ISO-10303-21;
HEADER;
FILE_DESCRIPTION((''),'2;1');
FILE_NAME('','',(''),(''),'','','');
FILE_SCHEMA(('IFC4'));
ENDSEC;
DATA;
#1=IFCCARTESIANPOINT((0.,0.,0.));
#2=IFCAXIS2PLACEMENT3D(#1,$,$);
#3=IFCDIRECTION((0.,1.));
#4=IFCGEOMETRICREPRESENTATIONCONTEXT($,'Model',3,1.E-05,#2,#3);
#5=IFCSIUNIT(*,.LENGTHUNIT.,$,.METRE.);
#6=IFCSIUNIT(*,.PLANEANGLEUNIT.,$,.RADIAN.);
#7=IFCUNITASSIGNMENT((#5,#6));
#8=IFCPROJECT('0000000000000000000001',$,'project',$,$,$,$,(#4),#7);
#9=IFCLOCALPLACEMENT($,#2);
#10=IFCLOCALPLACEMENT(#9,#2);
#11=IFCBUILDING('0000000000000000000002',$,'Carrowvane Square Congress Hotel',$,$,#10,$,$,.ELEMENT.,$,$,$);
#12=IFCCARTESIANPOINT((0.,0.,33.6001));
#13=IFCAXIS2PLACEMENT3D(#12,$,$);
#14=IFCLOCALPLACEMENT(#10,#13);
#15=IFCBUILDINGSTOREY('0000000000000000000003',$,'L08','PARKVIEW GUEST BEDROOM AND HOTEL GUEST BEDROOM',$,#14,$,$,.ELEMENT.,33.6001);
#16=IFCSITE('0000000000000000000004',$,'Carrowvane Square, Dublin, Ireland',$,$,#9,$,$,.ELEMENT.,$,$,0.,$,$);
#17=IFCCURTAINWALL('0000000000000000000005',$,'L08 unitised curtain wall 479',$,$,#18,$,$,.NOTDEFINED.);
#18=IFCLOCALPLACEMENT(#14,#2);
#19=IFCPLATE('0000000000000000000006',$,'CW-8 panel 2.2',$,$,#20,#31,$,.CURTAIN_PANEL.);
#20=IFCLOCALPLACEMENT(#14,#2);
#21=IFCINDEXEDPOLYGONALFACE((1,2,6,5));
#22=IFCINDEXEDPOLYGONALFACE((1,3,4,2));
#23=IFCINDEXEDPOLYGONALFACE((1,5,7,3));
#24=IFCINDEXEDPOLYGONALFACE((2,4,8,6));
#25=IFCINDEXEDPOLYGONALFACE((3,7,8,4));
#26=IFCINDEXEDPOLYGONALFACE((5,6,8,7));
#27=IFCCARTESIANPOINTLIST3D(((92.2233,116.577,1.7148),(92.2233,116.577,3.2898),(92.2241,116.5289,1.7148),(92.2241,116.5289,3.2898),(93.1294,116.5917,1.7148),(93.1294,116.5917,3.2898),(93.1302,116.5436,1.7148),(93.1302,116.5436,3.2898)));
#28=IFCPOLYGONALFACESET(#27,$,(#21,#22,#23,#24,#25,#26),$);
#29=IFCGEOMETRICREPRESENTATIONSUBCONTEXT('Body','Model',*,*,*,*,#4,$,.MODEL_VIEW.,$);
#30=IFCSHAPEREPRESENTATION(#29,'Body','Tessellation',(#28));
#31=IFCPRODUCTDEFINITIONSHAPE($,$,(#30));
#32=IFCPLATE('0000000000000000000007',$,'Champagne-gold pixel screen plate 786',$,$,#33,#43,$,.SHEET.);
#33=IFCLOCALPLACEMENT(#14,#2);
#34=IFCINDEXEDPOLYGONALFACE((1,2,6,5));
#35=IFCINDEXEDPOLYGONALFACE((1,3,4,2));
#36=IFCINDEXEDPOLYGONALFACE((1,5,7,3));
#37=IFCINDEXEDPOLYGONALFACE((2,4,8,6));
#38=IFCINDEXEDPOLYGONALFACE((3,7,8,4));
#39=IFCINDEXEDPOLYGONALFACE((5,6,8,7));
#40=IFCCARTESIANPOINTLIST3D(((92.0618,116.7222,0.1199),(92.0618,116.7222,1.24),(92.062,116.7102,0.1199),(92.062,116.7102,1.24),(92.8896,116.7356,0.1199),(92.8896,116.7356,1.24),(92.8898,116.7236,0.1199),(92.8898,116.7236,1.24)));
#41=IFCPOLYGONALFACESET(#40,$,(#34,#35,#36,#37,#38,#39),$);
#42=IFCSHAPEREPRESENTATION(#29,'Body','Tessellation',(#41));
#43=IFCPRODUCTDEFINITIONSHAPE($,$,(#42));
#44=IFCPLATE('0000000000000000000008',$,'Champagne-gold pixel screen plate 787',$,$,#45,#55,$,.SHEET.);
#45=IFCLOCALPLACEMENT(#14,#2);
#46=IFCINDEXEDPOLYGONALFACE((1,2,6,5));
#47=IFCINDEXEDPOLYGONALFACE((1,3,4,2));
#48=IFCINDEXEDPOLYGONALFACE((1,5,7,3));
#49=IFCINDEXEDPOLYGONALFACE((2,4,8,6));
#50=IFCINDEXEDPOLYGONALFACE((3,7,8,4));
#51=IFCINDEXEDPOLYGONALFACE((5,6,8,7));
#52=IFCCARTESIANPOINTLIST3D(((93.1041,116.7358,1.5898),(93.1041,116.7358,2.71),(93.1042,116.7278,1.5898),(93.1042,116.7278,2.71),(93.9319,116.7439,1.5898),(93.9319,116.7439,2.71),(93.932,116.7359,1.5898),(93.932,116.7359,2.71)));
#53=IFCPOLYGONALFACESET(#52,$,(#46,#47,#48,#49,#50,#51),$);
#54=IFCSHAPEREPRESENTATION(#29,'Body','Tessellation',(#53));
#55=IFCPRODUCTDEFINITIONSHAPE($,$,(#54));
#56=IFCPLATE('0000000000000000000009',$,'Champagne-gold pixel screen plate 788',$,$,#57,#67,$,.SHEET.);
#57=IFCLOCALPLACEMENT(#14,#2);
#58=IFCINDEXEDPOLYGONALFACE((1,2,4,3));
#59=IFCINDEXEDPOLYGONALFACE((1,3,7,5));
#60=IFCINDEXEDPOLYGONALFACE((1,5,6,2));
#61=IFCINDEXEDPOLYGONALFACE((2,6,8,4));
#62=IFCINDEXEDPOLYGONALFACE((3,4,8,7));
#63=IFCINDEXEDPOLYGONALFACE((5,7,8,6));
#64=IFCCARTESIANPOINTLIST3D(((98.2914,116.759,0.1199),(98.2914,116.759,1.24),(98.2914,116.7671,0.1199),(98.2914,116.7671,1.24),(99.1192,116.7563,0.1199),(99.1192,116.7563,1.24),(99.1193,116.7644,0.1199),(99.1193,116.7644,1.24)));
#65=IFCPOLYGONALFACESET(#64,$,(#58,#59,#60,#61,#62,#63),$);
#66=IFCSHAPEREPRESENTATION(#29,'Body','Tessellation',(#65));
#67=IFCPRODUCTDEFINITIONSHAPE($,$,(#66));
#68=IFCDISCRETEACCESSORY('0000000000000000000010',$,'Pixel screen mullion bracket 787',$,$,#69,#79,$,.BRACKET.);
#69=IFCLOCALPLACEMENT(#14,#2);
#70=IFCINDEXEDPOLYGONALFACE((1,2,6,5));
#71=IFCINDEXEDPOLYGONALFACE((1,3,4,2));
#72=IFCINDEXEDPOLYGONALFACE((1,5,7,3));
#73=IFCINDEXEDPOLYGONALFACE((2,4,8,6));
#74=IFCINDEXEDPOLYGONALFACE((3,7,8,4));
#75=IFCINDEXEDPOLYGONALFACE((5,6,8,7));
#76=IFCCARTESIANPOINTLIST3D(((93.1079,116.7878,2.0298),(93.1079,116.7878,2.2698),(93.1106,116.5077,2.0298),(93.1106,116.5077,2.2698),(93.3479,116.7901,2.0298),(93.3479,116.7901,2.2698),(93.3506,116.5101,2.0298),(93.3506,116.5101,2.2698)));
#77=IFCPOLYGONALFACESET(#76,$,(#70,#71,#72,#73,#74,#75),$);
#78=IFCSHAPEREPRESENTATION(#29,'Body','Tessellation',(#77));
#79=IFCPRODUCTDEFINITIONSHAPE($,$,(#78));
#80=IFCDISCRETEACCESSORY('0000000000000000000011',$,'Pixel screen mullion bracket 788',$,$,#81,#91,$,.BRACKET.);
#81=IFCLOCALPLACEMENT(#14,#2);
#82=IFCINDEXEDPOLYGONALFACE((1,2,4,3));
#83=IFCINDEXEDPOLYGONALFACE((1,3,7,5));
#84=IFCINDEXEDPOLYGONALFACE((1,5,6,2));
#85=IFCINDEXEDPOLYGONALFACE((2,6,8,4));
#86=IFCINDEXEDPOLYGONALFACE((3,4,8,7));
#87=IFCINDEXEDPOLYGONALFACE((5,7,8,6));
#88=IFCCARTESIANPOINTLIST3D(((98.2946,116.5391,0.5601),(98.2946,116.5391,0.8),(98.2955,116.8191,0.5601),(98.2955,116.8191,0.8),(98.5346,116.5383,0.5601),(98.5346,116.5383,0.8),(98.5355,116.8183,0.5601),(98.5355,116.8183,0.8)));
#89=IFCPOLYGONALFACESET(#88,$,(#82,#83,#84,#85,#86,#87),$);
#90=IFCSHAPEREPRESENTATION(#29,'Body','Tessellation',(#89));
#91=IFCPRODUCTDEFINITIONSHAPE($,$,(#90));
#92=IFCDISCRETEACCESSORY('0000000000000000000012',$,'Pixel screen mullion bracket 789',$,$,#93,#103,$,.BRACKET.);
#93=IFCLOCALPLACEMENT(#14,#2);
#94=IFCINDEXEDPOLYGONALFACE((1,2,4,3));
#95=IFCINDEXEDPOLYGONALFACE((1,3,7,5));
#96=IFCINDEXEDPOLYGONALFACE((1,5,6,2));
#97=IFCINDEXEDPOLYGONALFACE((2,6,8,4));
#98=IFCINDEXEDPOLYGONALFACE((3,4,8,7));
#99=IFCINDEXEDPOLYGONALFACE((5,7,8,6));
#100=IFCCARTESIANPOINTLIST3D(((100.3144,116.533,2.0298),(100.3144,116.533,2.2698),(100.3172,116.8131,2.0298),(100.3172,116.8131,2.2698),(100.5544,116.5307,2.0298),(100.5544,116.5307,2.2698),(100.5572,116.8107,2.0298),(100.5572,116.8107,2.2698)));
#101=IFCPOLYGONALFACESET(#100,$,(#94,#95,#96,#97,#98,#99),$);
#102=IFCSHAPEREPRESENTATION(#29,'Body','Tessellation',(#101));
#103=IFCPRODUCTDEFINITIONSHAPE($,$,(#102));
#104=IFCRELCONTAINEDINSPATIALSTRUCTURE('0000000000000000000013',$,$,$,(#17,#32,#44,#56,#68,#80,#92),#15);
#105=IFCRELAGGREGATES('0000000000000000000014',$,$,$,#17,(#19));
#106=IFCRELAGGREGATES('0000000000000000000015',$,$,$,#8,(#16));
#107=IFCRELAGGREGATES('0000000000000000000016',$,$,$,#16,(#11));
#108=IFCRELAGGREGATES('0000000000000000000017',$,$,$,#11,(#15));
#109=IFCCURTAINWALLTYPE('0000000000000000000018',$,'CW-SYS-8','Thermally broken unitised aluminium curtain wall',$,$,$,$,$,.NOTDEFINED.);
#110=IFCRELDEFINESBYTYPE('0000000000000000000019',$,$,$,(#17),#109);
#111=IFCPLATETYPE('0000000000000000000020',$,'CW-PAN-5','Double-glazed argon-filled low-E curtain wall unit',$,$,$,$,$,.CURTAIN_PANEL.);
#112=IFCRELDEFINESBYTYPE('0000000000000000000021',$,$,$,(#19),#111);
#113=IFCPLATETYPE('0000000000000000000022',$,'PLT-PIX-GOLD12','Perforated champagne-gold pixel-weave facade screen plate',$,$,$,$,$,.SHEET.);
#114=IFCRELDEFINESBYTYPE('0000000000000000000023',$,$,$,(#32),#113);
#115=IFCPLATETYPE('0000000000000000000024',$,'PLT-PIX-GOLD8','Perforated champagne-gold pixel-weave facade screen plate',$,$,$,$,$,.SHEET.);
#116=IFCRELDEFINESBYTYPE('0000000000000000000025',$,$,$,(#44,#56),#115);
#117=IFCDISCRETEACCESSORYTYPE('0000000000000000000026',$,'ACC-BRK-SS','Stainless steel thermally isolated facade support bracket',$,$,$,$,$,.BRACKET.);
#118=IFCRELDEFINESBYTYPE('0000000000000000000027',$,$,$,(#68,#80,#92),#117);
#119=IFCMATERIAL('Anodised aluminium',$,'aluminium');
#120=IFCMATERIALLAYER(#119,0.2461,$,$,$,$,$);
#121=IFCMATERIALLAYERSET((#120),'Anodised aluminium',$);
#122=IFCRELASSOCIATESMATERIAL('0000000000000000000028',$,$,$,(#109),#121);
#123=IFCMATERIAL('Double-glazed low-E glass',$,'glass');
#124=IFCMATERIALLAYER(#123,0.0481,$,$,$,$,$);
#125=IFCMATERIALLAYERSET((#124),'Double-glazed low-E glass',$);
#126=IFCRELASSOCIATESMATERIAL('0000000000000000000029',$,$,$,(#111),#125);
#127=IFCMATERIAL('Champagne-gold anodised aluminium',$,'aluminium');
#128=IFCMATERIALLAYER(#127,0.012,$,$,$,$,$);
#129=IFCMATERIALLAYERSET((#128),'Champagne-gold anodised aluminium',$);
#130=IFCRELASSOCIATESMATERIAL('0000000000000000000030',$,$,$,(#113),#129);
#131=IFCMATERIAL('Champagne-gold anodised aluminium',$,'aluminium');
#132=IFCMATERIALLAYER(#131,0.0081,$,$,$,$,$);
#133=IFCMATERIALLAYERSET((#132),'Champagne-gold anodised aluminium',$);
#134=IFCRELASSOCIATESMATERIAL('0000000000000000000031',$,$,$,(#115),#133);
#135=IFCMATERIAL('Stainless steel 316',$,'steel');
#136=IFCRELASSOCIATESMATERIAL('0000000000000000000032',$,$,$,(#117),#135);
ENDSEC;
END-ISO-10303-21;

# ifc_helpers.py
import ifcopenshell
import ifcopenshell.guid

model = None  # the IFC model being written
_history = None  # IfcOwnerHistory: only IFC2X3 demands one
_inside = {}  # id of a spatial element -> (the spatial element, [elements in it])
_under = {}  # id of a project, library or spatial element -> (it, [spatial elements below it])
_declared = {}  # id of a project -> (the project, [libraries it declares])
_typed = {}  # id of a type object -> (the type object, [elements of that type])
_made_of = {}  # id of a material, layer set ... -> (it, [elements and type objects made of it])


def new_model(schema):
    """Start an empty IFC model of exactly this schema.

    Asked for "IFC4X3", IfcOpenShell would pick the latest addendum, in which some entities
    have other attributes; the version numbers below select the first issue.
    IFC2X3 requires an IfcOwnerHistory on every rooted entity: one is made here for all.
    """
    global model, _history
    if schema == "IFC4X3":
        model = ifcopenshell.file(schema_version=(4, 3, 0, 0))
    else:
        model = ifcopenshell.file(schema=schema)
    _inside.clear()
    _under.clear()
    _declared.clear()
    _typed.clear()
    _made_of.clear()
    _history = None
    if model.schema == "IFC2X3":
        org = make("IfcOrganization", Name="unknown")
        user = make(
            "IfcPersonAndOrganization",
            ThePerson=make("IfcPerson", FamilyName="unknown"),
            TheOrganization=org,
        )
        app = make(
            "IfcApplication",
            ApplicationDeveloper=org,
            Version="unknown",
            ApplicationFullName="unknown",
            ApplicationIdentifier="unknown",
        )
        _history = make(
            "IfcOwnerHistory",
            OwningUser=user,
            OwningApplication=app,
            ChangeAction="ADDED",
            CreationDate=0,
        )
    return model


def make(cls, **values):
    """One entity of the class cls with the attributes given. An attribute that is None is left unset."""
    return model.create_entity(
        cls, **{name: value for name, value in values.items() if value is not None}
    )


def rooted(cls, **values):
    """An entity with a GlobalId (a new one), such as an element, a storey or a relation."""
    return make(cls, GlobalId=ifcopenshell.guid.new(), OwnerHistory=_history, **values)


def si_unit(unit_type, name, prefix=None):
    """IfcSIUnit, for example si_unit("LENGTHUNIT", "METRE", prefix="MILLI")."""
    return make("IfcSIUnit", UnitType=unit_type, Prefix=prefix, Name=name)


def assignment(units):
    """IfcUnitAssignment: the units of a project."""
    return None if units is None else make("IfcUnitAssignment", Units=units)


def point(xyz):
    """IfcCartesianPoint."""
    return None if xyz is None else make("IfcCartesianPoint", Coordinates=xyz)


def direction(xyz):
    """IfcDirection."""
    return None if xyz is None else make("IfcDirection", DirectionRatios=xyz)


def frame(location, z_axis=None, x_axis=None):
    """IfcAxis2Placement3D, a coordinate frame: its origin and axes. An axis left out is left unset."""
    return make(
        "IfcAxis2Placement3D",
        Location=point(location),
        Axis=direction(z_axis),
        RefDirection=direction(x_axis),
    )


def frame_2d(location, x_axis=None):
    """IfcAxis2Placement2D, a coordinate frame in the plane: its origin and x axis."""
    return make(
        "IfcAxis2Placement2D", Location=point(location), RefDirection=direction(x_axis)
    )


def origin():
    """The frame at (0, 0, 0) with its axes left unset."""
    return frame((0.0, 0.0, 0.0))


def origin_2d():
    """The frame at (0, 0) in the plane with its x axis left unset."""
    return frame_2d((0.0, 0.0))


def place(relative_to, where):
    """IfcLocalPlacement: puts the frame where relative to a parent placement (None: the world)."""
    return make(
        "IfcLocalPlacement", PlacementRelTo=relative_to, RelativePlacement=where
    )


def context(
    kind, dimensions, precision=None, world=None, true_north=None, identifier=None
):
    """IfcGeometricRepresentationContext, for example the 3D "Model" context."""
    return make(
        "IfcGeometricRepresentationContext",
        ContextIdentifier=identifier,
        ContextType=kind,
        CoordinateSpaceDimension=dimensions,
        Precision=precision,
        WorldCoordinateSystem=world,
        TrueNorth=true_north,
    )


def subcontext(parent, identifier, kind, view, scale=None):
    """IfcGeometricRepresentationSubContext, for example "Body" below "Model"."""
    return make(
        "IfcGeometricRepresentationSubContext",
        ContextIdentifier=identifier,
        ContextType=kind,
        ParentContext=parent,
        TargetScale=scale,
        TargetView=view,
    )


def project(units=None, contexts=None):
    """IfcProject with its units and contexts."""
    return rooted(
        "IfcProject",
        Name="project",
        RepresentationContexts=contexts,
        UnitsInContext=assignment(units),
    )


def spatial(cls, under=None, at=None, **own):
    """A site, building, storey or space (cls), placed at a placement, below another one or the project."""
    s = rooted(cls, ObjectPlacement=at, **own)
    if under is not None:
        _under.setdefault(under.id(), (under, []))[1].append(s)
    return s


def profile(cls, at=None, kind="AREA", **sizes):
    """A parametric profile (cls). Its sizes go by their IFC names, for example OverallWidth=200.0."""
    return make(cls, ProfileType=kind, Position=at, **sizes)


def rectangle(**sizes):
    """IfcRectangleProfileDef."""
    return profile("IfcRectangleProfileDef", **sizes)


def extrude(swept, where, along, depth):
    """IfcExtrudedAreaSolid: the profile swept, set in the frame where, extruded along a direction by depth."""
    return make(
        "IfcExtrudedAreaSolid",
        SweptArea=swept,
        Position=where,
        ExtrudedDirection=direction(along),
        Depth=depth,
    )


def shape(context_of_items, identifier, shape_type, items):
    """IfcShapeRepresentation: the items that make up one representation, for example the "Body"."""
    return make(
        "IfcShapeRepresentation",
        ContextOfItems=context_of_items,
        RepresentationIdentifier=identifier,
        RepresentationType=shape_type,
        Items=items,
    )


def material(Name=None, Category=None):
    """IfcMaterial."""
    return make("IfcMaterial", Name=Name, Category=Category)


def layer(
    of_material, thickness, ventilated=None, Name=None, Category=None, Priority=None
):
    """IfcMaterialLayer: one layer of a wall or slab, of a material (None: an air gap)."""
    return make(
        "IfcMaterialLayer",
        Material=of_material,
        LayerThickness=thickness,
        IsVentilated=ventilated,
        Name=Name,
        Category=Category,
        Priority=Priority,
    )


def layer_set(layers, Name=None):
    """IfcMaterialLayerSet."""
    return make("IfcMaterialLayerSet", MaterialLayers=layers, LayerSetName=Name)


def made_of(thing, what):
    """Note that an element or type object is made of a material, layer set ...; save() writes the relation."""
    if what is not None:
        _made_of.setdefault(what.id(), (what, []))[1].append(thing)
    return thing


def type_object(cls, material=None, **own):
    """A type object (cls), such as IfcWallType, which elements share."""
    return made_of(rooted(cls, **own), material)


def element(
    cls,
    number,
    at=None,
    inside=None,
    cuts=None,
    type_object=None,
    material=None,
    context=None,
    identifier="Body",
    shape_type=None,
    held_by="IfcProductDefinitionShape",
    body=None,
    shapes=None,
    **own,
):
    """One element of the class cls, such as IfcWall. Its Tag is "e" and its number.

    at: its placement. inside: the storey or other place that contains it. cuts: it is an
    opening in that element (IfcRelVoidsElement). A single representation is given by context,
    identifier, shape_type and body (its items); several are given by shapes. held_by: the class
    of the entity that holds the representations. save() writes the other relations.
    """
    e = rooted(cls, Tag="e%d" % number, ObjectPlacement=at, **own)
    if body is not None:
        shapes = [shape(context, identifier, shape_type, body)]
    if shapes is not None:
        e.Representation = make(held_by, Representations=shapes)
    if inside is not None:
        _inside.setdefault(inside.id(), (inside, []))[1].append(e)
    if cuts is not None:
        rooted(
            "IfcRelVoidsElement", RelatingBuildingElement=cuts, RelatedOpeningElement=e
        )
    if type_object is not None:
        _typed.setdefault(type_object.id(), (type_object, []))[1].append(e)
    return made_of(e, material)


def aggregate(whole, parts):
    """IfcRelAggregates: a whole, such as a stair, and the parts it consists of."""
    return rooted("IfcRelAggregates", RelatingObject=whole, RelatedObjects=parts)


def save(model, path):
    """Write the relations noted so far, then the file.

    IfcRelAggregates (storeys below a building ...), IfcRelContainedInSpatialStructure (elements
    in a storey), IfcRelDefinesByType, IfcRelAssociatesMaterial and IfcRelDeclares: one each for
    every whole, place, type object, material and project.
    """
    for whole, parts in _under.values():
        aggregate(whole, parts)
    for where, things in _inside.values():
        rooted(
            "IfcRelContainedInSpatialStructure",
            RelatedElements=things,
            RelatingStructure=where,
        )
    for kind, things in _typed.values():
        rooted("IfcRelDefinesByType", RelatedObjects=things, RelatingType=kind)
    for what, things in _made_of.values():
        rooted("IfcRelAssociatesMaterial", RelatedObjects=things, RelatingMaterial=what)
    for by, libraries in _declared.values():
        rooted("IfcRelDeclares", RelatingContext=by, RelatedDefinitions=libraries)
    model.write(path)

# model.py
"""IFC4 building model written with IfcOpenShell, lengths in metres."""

from ifc_helpers import new_model, si_unit, direction, frame, origin, origin_2d, place, context, subcontext, project, spatial, rectangle, extrude, material, layer, layer_set, type_object, element, aggregate, save


model = new_model("IFC4")

# Units and contexts
model_context = context("Model", 3, precision=1e-05, world=origin(), true_north=direction((0.0, 1.0)))
body_context = subcontext(model_context, "Body", "Model", "MODEL_VIEW")
ifc_project = project(units=[si_unit("LENGTHUNIT", "METRE"), si_unit("PLANEANGLEUNIT", "RADIAN")], contexts=[model_context])

# Site, building, storey
site_placement = place(None, origin())
site = spatial("IfcSite", under=ifc_project, at=site_placement, Name="Carrowvane Square, Dublin, Ireland", CompositionType="ELEMENT", RefElevation=0.0)
building_placement = place(site_placement, origin())
building = spatial("IfcBuilding", under=site, at=building_placement, Name="Carrowvane Square Congress Hotel", CompositionType="ELEMENT")
storey_placement = place(building_placement, frame((0.0, 0.0, 33.6001)))
storey = spatial("IfcBuildingStorey", under=building, at=storey_placement, Name="L08", Description="PARKVIEW GUEST BEDROOM AND HOTEL GUEST BEDROOM", CompositionType="ELEMENT", Elevation=33.6001)

# Curtain wall
ifc_material_1 = material(Name="Anodised aluminium", Category="aluminium")
ifc_layer_1 = layer(ifc_material_1, 0.2461)
ifc_layer_set_1 = layer_set([ifc_layer_1], Name="Anodised aluminium")
curtain_wall_type_1 = type_object("IfcCurtainWallType", Name="CW-SYS-8", Description="Thermally broken unitised aluminium curtain wall", PredefinedType="NOTDEFINED", material=ifc_layer_set_1)
curtain_wall_1_placement = place(storey_placement, origin())
curtain_wall_1 = element("IfcCurtainWall", 1, at=curtain_wall_1_placement, inside=storey, type_object=curtain_wall_type_1, Name="L08 unitised curtain wall 479", PredefinedType="NOTDEFINED")

# Plate
ifc_material_2 = material(Name="Double-glazed low-E glass", Category="glass")
ifc_layer_2 = layer(ifc_material_2, 0.0481)
ifc_layer_set_2 = layer_set([ifc_layer_2], Name="Double-glazed low-E glass")
plate_type_1 = type_object("IfcPlateType", Name="CW-PAN-5", Description="Double-glazed argon-filled low-E curtain wall unit", PredefinedType="CURTAIN_PANEL", material=ifc_layer_set_2)
plate_1_placement = place(storey_placement, frame((92.6768, 116.5603, 1.7148), z_axis=(0.0, 0.0, 1.0), x_axis=(0.999869, 0.016216, 0.0)))
plate_1 = element("IfcPlate", 2, at=plate_1_placement, type_object=plate_type_1, Name="CW-8 panel 2.2", PredefinedType="CURTAIN_PANEL", context=body_context, shape_type="SweptSolid", body=[
    extrude(rectangle(XDim=0.9062, YDim=0.0481, at=origin_2d()), origin(), (0.0, 0.0, 1.0), 1.575),
])
aggregate(curtain_wall_1, [plate_1])

# Plates
ifc_material_3 = material(Name="Champagne-gold anodised aluminium", Category="aluminium")
ifc_layer_3 = layer(ifc_material_3, 0.012)
ifc_layer_set_3 = layer_set([ifc_layer_3], Name="Champagne-gold anodised aluminium")
plate_type_2 = type_object("IfcPlateType", Name="PLT-PIX-GOLD12", Description="Perforated champagne-gold pixel-weave facade screen plate", PredefinedType="SHEET", material=ifc_layer_set_3)
plate_2_placement = place(storey_placement, frame((92.4758, 116.7229, 0.1199), z_axis=(0.0, 0.0, 1.0), x_axis=(0.999869, 0.016216, 0.0)))
element("IfcPlate", 3, at=plate_2_placement, inside=storey, type_object=plate_type_2, Name="Champagne-gold pixel screen plate 786", PredefinedType="SHEET", context=body_context, shape_type="SweptSolid", body=[
    extrude(rectangle(XDim=0.8279, YDim=0.012, at=origin_2d()), origin(), (0.0, 0.0, 1.0), 1.1201),
])
ifc_material_4 = material(Name="Champagne-gold anodised aluminium", Category="aluminium")
ifc_layer_4 = layer(ifc_material_4, 0.0081)
ifc_layer_set_4 = layer_set([ifc_layer_4], Name="Champagne-gold anodised aluminium")
plate_type_3 = type_object("IfcPlateType", Name="PLT-PIX-GOLD8", Description="Perforated champagne-gold pixel-weave facade screen plate", PredefinedType="SHEET", material=ifc_layer_set_4)
for number, where, z_axis, x_axis, name in (
    (4, (93.5181, 116.7358, 1.5898), (0.0, 0.0, 1.0), (0.999952, 0.009782, 0.0), "Champagne-gold pixel screen plate 787"),
    (5, (98.7053, 116.7617, 0.1199), (0.0, 0.0, 1.0), (0.999995, -0.00327, 0.0), "Champagne-gold pixel screen plate 788"),
):
    element("IfcPlate", number, at=place(storey_placement, frame(where, z_axis=z_axis, x_axis=x_axis)), inside=storey, type_object=plate_type_3, Name=name, PredefinedType="SHEET", context=body_context, shape_type="SweptSolid", body=[
        extrude(rectangle(XDim=0.8279, YDim=0.0081, at=origin_2d()), origin(), (0.0, 0.0, 1.0), 1.1201),
    ])

# Discrete accessories
ifc_material_5 = material(Name="Stainless steel 316", Category="steel")
discrete_accessory_type = type_object("IfcDiscreteAccessoryType", Name="ACC-BRK-SS", Description="Stainless steel thermally isolated facade support bracket", PredefinedType="BRACKET", material=ifc_material_5)
for number, where, z_axis, x_axis, name in (
    (6, (93.2292, 116.6489, 2.0298), (0.0, 0.0, 1.0), (0.999952, 0.009782, 0.0), "Pixel screen mullion bracket 787"),
    (7, (98.415, 116.6787, 0.5601), (0.0, 0.0, 1.0), (0.999995, -0.00327, 0.0), "Pixel screen mullion bracket 788"),
    (8, (100.4358, 116.6719, 2.0298), (0.0, 0.0, 1.0), (0.999952, -0.009782, 0.0), "Pixel screen mullion bracket 789"),
):
    element("IfcDiscreteAccessory", number, at=place(storey_placement, frame(where, z_axis=z_axis, x_axis=x_axis)), inside=storey, type_object=discrete_accessory_type, Name=name, PredefinedType="BRACKET", context=body_context, shape_type="SweptSolid", body=[
        extrude(rectangle(XDim=0.24, YDim=0.28, at=origin_2d()), origin(), (0.0, 0.0, 1.0), 0.24),
    ])

save(model, "model.ifc")
